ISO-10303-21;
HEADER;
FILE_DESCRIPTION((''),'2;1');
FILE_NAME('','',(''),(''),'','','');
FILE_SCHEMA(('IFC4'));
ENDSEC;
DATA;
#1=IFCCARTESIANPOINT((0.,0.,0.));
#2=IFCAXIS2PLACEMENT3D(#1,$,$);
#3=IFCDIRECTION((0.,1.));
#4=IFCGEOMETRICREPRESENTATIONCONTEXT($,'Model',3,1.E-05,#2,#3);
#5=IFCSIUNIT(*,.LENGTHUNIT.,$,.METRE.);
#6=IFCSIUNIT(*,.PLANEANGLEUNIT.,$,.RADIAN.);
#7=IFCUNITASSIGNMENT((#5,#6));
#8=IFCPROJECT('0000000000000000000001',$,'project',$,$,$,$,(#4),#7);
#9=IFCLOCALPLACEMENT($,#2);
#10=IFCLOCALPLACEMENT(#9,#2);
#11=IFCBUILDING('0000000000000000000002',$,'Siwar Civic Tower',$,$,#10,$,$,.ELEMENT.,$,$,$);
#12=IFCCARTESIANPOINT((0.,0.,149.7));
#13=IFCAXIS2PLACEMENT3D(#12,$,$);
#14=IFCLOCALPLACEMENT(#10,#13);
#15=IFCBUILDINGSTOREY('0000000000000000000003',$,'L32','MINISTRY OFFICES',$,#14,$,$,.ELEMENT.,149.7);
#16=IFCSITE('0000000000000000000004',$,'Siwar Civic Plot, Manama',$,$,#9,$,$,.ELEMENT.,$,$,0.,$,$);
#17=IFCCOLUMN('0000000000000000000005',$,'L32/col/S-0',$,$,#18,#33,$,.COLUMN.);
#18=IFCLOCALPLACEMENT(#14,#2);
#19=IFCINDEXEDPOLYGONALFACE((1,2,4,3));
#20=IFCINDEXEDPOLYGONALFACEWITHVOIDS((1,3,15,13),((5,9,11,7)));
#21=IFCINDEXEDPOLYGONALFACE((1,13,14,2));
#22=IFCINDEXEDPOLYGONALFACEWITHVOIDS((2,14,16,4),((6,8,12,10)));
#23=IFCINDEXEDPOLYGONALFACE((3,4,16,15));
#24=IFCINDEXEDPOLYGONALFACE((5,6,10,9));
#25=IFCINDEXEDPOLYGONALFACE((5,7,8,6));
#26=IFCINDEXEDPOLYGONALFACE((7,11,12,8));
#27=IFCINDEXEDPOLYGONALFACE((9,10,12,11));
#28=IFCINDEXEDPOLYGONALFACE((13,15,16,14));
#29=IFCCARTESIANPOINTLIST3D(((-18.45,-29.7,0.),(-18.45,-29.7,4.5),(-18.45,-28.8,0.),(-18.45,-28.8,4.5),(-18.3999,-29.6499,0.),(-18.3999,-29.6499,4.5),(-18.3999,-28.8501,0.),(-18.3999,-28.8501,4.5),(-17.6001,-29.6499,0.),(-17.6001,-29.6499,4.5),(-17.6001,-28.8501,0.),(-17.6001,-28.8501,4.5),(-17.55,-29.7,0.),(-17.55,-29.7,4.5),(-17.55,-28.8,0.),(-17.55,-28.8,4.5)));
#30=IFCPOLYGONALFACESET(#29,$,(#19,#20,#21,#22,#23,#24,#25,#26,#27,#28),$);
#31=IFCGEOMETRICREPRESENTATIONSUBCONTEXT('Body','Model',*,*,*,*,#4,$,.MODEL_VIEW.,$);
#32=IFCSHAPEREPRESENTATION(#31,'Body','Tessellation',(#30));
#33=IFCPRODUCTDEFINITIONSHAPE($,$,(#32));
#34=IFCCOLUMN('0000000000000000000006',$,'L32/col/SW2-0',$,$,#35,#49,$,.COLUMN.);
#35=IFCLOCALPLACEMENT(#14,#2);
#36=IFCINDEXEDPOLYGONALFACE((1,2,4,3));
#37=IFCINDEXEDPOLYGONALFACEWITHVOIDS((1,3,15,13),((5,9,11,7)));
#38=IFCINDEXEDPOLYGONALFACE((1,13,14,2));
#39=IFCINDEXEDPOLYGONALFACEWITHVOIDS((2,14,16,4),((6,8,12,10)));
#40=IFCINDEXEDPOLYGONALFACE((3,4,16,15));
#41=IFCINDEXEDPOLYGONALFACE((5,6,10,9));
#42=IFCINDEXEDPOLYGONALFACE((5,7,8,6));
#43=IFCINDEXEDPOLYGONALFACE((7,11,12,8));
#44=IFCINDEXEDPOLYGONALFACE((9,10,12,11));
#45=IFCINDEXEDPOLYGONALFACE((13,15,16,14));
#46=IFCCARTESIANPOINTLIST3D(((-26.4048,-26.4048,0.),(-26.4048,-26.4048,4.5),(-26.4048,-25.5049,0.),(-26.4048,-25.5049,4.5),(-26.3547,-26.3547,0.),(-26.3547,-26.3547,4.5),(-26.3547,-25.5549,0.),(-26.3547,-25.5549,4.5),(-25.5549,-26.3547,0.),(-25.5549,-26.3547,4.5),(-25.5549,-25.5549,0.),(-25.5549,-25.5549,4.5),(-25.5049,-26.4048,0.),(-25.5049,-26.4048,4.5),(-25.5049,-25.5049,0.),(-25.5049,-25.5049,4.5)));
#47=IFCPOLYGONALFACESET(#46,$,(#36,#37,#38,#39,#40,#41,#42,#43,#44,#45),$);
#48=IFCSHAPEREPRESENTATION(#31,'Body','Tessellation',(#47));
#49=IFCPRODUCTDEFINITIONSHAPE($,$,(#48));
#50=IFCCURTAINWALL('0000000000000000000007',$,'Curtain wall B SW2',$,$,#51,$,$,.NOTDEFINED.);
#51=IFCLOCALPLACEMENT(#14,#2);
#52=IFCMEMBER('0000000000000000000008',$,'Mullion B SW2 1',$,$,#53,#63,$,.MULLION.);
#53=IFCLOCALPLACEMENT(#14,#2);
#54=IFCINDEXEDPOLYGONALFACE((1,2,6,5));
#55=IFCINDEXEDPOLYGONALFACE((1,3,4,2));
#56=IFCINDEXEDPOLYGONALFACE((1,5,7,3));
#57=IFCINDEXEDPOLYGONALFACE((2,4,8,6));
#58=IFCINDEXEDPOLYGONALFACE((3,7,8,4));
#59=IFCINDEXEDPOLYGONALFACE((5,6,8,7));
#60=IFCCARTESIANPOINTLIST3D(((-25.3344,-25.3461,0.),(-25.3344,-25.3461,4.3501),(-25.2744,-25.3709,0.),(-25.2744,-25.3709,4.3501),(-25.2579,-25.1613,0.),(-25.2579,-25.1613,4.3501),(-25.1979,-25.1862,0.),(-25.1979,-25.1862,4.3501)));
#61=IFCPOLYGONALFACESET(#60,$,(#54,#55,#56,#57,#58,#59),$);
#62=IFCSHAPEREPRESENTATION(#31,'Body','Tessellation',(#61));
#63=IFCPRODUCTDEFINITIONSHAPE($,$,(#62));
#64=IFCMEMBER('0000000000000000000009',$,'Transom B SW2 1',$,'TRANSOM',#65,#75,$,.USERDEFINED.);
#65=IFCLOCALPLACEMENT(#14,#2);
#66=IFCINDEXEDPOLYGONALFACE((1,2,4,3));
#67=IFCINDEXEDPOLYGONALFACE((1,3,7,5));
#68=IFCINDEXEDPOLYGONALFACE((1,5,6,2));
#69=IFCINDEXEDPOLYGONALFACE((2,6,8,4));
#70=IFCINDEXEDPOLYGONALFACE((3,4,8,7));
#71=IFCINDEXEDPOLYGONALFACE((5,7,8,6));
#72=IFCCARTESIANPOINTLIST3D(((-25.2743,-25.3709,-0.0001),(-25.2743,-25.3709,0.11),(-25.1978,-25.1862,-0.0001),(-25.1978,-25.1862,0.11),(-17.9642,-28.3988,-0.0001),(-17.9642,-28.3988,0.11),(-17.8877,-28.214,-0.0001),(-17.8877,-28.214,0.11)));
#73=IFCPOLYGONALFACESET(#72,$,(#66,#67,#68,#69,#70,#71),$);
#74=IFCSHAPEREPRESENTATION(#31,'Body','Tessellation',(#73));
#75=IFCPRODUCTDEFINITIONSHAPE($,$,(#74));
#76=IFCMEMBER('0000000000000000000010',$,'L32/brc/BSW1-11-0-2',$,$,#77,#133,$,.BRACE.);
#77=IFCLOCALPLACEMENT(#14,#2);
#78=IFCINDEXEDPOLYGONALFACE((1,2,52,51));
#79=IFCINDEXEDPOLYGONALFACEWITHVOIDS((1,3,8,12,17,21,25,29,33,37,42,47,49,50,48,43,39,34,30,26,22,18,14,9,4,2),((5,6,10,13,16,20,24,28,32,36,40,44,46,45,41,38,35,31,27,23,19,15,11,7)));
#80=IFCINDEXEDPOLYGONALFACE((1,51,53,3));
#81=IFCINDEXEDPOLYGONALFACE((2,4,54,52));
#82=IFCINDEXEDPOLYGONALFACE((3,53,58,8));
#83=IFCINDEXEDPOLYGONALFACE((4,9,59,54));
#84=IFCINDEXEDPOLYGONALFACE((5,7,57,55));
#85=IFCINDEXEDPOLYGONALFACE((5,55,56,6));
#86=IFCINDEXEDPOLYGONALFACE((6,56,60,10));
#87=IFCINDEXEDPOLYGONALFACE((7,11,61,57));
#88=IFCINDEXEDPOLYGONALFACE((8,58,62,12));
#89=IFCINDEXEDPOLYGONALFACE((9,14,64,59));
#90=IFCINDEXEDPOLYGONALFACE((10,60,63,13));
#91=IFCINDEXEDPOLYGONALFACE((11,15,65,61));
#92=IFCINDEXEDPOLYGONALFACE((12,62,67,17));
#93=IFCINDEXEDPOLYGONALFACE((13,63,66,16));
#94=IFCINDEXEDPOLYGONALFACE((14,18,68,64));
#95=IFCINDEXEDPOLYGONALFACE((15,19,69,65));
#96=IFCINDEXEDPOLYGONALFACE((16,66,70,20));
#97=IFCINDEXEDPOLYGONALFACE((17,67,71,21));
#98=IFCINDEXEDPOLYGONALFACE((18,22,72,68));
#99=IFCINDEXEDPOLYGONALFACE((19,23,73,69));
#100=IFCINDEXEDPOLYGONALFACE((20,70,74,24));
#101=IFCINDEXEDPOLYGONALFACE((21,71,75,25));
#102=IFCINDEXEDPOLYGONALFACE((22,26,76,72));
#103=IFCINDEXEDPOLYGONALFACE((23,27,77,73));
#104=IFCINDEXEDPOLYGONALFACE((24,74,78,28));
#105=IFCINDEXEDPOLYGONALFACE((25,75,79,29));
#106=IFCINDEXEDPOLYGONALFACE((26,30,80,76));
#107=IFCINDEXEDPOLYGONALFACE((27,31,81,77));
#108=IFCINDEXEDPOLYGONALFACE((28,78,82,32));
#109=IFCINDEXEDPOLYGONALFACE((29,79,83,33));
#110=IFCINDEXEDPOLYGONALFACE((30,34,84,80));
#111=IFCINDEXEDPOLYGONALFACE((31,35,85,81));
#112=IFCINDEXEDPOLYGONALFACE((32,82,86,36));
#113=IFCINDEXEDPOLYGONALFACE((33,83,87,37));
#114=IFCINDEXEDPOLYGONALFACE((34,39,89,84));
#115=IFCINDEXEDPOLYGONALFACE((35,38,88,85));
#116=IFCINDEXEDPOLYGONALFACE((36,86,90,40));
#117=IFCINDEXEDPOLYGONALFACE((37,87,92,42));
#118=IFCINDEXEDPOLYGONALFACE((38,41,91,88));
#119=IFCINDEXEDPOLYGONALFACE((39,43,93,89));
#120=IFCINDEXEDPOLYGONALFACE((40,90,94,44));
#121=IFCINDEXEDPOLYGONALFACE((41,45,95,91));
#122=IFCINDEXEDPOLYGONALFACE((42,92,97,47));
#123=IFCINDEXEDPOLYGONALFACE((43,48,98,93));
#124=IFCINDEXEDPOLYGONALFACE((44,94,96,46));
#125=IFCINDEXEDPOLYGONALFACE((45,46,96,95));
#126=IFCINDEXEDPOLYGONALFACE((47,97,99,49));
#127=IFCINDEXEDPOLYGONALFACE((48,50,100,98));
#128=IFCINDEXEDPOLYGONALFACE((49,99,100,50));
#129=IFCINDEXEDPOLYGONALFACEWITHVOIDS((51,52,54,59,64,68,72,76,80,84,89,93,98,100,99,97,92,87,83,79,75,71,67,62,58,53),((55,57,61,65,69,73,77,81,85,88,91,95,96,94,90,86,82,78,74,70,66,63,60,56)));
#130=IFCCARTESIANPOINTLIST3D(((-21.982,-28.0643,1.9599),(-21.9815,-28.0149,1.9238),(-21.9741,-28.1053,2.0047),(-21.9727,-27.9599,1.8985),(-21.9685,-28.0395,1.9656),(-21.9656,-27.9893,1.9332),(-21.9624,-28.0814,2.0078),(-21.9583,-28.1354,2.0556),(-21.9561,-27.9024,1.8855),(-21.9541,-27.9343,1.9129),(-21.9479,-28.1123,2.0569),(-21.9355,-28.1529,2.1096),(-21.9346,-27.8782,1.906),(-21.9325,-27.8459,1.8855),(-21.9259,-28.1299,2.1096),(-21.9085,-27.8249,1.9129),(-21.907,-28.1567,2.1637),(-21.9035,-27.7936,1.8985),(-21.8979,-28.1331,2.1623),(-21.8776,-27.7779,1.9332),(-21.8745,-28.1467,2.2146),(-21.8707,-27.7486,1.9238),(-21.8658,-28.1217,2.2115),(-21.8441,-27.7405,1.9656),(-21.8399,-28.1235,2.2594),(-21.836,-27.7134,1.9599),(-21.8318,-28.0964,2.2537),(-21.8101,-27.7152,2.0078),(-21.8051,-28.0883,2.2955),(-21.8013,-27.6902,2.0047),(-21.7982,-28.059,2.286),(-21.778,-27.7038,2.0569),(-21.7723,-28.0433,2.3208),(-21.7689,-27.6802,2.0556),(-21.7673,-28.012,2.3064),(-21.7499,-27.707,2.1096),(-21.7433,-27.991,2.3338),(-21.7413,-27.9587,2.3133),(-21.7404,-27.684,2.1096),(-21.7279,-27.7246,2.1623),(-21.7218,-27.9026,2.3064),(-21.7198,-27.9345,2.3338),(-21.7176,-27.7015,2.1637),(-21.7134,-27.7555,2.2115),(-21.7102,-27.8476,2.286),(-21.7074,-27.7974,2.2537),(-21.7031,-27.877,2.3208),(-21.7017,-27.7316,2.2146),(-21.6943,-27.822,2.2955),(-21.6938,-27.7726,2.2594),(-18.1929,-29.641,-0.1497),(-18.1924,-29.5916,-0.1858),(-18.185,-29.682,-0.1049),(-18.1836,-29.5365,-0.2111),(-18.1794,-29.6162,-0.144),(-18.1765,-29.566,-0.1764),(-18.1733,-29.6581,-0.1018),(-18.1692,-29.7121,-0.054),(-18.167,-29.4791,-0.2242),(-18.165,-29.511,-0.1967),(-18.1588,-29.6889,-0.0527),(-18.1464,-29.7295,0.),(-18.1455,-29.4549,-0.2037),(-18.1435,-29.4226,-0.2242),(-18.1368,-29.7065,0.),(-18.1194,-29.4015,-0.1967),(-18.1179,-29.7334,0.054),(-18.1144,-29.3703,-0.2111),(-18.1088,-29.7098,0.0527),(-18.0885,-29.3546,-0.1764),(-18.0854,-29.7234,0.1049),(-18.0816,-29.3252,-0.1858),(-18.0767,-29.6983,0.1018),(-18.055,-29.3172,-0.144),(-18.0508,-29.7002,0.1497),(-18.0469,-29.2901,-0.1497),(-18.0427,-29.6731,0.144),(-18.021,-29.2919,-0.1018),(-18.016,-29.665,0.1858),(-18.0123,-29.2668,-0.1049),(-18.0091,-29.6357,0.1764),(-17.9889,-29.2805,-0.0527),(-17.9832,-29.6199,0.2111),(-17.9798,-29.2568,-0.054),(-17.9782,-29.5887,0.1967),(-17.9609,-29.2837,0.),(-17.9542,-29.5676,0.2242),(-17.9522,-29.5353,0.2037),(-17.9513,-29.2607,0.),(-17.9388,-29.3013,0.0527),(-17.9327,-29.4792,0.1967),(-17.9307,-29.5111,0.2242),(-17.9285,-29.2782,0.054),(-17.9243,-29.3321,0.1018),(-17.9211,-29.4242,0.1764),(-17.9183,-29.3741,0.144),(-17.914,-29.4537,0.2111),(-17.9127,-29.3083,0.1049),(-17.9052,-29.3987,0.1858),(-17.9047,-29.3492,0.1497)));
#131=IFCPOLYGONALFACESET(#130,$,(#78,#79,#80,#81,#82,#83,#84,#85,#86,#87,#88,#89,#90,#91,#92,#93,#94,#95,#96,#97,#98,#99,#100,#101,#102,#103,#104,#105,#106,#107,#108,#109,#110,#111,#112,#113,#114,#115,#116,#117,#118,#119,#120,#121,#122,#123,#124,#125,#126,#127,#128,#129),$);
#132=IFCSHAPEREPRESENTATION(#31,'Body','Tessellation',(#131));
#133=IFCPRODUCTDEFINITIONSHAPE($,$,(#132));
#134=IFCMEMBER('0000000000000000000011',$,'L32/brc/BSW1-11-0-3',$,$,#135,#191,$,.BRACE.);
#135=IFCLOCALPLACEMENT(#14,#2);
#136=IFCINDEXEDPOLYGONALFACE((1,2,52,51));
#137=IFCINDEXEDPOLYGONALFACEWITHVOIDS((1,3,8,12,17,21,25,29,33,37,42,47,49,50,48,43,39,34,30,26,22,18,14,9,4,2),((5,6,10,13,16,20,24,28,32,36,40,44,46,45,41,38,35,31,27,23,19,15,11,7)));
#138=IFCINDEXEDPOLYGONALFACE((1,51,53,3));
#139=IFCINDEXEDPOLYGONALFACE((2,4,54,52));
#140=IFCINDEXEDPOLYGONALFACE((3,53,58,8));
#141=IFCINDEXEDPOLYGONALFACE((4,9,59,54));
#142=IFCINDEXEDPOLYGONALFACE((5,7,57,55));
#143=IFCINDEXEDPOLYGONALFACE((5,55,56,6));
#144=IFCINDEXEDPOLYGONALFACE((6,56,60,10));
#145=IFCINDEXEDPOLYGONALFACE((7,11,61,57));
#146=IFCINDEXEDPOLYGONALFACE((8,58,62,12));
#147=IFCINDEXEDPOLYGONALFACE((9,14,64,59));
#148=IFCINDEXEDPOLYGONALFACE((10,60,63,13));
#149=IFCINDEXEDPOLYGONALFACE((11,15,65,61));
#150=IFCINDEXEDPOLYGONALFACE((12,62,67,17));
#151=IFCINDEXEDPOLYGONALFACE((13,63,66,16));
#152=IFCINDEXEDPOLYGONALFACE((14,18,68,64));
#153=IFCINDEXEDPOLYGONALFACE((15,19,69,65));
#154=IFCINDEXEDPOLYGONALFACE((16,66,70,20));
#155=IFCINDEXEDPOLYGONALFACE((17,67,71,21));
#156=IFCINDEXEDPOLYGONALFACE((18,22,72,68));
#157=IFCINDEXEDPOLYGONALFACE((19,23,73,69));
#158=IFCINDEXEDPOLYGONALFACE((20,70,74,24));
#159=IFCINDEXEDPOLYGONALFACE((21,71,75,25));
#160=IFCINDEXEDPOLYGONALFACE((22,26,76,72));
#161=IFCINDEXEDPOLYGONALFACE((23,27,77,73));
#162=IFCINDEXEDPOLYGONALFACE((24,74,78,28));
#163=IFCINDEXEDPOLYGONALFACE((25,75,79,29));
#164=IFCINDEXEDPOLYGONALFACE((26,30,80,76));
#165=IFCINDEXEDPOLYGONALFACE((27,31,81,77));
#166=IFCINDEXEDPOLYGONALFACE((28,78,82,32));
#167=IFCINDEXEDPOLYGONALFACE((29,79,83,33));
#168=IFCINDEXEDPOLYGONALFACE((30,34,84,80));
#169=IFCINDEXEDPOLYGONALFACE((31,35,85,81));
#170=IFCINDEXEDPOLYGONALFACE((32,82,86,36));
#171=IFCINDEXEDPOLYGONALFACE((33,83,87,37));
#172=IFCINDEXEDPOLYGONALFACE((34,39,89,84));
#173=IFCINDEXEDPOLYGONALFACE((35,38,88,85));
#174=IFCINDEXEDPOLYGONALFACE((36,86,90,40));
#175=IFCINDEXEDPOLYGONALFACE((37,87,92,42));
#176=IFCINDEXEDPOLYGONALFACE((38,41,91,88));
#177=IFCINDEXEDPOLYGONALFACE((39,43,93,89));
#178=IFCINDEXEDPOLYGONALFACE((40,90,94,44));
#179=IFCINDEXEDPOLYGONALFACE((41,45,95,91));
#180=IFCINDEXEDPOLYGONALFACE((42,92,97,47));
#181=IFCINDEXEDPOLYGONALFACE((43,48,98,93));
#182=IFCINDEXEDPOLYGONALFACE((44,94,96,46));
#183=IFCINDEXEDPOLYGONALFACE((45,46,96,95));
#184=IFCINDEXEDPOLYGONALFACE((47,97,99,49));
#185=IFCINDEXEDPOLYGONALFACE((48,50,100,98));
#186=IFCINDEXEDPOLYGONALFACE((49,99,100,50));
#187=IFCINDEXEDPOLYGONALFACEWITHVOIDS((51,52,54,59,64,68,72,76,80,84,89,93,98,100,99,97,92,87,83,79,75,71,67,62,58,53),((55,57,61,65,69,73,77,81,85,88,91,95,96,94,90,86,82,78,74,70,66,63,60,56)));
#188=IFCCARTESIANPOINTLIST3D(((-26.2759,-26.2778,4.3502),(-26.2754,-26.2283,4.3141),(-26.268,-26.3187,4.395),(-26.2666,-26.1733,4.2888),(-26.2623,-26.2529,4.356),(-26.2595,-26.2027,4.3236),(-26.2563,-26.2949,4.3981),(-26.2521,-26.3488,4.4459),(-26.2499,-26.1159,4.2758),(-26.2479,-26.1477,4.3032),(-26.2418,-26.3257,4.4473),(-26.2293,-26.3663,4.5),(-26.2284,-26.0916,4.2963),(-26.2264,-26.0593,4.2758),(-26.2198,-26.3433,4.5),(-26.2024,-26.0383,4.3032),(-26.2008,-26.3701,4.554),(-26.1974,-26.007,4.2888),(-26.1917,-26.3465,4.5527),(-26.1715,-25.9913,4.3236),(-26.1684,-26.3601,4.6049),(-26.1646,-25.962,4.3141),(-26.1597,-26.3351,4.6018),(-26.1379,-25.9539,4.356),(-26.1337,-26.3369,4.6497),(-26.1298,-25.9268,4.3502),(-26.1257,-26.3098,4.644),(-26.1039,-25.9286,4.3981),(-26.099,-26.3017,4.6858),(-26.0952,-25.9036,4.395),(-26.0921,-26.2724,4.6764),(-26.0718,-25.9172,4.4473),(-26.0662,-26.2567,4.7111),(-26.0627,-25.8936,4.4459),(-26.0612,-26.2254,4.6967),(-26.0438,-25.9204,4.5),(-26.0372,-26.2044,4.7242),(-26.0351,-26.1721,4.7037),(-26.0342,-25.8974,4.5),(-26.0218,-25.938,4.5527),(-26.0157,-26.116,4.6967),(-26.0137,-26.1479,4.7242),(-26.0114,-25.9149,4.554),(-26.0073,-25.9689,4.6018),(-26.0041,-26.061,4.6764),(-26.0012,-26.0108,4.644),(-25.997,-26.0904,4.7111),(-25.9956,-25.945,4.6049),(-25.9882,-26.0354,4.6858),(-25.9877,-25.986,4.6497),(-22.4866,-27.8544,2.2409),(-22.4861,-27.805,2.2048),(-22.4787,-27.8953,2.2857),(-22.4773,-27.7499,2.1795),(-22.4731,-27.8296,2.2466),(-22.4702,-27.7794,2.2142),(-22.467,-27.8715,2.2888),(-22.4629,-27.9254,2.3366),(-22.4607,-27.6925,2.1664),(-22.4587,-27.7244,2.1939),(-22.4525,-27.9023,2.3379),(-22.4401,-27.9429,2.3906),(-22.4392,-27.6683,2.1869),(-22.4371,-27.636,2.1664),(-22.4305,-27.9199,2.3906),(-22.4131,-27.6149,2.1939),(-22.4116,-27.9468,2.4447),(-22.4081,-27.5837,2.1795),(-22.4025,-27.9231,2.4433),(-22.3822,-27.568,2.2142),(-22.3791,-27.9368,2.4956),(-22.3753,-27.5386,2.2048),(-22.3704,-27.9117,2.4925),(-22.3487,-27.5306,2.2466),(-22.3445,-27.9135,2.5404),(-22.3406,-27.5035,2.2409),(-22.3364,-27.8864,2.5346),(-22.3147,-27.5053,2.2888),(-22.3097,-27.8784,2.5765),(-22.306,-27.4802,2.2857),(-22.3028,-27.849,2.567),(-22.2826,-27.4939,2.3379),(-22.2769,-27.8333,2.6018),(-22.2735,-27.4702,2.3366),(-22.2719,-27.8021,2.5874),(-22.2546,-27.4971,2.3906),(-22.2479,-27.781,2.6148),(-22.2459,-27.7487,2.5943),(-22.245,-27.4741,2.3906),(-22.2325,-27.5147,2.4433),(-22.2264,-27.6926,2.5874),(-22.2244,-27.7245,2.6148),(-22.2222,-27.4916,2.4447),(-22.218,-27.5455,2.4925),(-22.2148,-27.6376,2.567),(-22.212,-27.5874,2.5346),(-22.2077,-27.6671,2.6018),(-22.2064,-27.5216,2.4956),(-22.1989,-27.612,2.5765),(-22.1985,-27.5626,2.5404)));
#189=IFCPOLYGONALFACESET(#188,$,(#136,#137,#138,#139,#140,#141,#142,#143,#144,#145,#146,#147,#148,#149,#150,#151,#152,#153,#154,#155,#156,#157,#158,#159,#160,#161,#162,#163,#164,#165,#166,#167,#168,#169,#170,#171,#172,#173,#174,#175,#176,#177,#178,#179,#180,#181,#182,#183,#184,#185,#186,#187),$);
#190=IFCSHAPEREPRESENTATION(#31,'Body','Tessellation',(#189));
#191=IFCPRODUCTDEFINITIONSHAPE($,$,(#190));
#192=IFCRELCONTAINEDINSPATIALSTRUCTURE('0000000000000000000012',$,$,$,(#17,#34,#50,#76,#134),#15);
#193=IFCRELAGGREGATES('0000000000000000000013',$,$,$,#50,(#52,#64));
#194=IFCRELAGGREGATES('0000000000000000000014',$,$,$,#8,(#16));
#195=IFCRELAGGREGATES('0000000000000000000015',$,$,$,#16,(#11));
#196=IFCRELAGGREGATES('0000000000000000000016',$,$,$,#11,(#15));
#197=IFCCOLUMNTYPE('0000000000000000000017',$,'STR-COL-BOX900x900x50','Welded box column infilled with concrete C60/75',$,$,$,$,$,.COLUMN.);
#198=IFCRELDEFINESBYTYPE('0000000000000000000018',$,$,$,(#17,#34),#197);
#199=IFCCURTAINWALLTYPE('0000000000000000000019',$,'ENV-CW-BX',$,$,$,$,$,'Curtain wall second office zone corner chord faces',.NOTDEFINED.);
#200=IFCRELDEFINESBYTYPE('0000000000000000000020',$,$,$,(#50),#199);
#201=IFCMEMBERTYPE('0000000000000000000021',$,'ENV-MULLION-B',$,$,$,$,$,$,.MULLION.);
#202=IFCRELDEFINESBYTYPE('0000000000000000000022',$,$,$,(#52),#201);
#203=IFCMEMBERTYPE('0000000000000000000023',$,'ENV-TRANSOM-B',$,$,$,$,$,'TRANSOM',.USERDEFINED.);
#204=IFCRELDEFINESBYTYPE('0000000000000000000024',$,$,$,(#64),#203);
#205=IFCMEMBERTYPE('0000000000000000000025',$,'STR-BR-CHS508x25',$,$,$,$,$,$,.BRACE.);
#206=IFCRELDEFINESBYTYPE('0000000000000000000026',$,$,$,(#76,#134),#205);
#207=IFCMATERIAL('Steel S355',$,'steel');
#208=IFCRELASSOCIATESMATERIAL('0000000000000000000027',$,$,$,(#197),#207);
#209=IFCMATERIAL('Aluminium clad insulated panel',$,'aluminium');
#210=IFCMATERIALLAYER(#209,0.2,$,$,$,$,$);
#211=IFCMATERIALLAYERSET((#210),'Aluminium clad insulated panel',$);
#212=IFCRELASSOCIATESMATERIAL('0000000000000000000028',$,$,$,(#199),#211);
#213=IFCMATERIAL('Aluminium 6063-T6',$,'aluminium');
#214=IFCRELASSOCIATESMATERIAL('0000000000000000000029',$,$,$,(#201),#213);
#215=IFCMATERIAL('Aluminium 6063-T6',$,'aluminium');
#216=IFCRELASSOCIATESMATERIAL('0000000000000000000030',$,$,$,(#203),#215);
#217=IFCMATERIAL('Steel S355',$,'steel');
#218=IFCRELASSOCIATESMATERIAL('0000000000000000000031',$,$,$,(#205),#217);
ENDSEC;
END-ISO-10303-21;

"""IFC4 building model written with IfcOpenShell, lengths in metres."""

from ifc_helpers import new_model, si_unit, direction, frame, origin, origin_2d, place, context, subcontext, project, spatial, rectangle, hollow_rectangle, hollow_circle, extrude, material, layer, layer_set, material_profile, profile_set, type_object, element, aggregate, save


model = new_model("IFC4")

# Units and contexts
model_context = context("Model", 3, precision=1e-05, world=origin(), true_north=direction((0.0, 1.0)))
body_context = subcontext(model_context, "Body", "Model", "MODEL_VIEW")
ifc_project = project(units=[si_unit("LENGTHUNIT", "METRE"), si_unit("PLANEANGLEUNIT", "RADIAN")], contexts=[model_context])

# Site, building, storey
site_placement = place(None, origin())
site = spatial("IfcSite", under=ifc_project, at=site_placement, Name="Siwar Civic Plot, Manama", CompositionType="ELEMENT", RefElevation=0.0)
building_placement = place(site_placement, origin())
building = spatial("IfcBuilding", under=site, at=building_placement, Name="Siwar Civic Tower", CompositionType="ELEMENT")
storey_placement = place(building_placement, frame((0.0, 0.0, 149.7)))
storey = spatial("IfcBuildingStorey", under=building, at=storey_placement, Name="L32", Description="MINISTRY OFFICES", CompositionType="ELEMENT", Elevation=149.7)

# Columns
ifc_material_1 = material(Name="Steel S355", Category="steel")
ifc_material_profile_1 = material_profile(ifc_material_1, hollow_rectangle(XDim=0.8999, YDim=0.8999, WallThickness=0.05, at=origin_2d()), Name="BOX900x900x50")
ifc_profile_set_1 = profile_set([ifc_material_profile_1], Name="Steel S355")
column_type = type_object("IfcColumnType", Name="STR-COL-BOX900x900x50", Description="Welded box column infilled with concrete C60/75", PredefinedType="COLUMN", material=ifc_profile_set_1)
for number, where, z_axis, x_axis, name in (
    (1, (-18.0, -29.25, 0.0), (0.0, 0.0, 1.0), (1.0, 0.0, 0.0), "L32/col/S-0"),
    (2, (-25.9548, -25.9548, 0.0), (0.0, 0.0, 1.0), (1.0, 0.0, 0.0), "L32/col/SW2-0"),
):
    element("IfcColumn", number, at=place(storey_placement, frame(where, z_axis=z_axis, x_axis=x_axis)), inside=storey, type_object=column_type, Name=name, PredefinedType="COLUMN", context=body_context, shape_type="SweptSolid", body=[
        extrude(hollow_rectangle(XDim=0.8999, YDim=0.8999, WallThickness=0.05, at=origin_2d()), origin(), (0.0, 0.0, 1.0), 4.5),
    ])

# Curtain wall, members
ifc_material_2 = material(Name="Aluminium clad insulated panel", Category="aluminium")
ifc_layer_1 = layer(ifc_material_2, 0.2)
ifc_layer_set_1 = layer_set([ifc_layer_1], Name="Aluminium clad insulated panel")
curtain_wall_type = type_object("IfcCurtainWallType", Name="ENV-CW-BX", ElementType="Curtain wall second office zone corner chord faces", PredefinedType="NOTDEFINED", material=ifc_layer_set_1)
curtain_wall_placement = place(storey_placement, origin())
curtain_wall = element("IfcCurtainWall", 3, at=curtain_wall_placement, inside=storey, type_object=curtain_wall_type, Name="Curtain wall B SW2", PredefinedType="NOTDEFINED")
ifc_material_3 = material(Name="Aluminium 6063-T6", Category="aluminium")
ifc_material_profile_2 = material_profile(ifc_material_3, rectangle(XDim=0.2, YDim=0.0649, at=origin_2d()), Name="AL 200x65")
ifc_profile_set_2 = profile_set([ifc_material_profile_2], Name="Aluminium 6063-T6")
member_type_1 = type_object("IfcMemberType", Name="ENV-MULLION-B", PredefinedType="MULLION", material=ifc_profile_set_2)
member_1_placement = place(storey_placement, frame((-25.2661, -25.2661, 0.0), z_axis=(0.0, 0.0, 1.0), x_axis=(0.382683, 0.92388, 0.0)))
member_1 = element("IfcMember", 4, at=member_1_placement, type_object=member_type_1, Name="Mullion B SW2 1", PredefinedType="MULLION", context=body_context, shape_type="SweptSolid", body=[
    extrude(rectangle(XDim=0.2, YDim=0.0649, at=origin_2d()), origin(), (0.0, 0.0, 1.0), 4.3501),
])
ifc_material_4 = material(Name="Aluminium 6063-T6", Category="aluminium")
ifc_material_profile_3 = material_profile(ifc_material_4, rectangle(XDim=0.2, YDim=0.1101, at=origin_2d()), Name="AL 200x110")
ifc_profile_set_3 = profile_set([ifc_material_profile_3], Name="Aluminium 6063-T6")
member_type_2 = type_object("IfcMemberType", Name="ENV-TRANSOM-B", ElementType="TRANSOM", PredefinedType="USERDEFINED", material=ifc_profile_set_3)
member_2_placement = place(storey_placement, frame((-25.2361, -25.2786, 0.0549), z_axis=(0.923884, -0.382673, 0.0), x_axis=(0.382673, 0.923884, 0.0)))
member_2 = element("IfcMember", 5, at=member_2_placement, type_object=member_type_2, Name="Transom B SW2 1", ObjectType="TRANSOM", PredefinedType="USERDEFINED", context=body_context, shape_type="SweptSolid", body=[
    extrude(rectangle(XDim=0.2, YDim=0.1101, at=origin_2d()), origin(), (0.0, 0.0, 1.0), 7.9124),
])

# Members
ifc_material_5 = material(Name="Steel S355", Category="steel")
ifc_material_profile_4 = material_profile(ifc_material_5, hollow_circle(Radius=0.2539, WallThickness=0.0249, at=origin_2d()), Name="CHS508x25")
ifc_profile_set_4 = profile_set([ifc_material_profile_4], Name="Steel S355")
member_type_3 = type_object("IfcMemberType", Name="STR-BR-CHS508x25", PredefinedType="BRACE", material=ifc_profile_set_4)
for number, where, z_axis, x_axis, name in (
    (6, (-18.0488, -29.4951, 0.0), (-0.821126, 0.341677, 0.457175), (-0.384176, -0.92326, 0.0), "L32/brc/BSW1-11-0-2"),
    (7, (-22.3425, -27.7085, 2.3906), (-0.821163, 0.341671, 0.457113), (-0.384155, -0.923269, 0.0), "L32/brc/BSW1-11-0-3"),
):
    element("IfcMember", number, at=place(storey_placement, frame(where, z_axis=z_axis, x_axis=x_axis)), inside=storey, type_object=member_type_3, Name=name, PredefinedType="BRACE", context=body_context, shape_type="SweptSolid", body=[
        extrude(hollow_circle(Radius=0.2539, WallThickness=0.0249, at=origin_2d()), origin(), (0.0, 0.0, 1.0), 4.6145),
    ])

aggregate(curtain_wall, [member_1, member_2])

save(model, "model.ifc")
